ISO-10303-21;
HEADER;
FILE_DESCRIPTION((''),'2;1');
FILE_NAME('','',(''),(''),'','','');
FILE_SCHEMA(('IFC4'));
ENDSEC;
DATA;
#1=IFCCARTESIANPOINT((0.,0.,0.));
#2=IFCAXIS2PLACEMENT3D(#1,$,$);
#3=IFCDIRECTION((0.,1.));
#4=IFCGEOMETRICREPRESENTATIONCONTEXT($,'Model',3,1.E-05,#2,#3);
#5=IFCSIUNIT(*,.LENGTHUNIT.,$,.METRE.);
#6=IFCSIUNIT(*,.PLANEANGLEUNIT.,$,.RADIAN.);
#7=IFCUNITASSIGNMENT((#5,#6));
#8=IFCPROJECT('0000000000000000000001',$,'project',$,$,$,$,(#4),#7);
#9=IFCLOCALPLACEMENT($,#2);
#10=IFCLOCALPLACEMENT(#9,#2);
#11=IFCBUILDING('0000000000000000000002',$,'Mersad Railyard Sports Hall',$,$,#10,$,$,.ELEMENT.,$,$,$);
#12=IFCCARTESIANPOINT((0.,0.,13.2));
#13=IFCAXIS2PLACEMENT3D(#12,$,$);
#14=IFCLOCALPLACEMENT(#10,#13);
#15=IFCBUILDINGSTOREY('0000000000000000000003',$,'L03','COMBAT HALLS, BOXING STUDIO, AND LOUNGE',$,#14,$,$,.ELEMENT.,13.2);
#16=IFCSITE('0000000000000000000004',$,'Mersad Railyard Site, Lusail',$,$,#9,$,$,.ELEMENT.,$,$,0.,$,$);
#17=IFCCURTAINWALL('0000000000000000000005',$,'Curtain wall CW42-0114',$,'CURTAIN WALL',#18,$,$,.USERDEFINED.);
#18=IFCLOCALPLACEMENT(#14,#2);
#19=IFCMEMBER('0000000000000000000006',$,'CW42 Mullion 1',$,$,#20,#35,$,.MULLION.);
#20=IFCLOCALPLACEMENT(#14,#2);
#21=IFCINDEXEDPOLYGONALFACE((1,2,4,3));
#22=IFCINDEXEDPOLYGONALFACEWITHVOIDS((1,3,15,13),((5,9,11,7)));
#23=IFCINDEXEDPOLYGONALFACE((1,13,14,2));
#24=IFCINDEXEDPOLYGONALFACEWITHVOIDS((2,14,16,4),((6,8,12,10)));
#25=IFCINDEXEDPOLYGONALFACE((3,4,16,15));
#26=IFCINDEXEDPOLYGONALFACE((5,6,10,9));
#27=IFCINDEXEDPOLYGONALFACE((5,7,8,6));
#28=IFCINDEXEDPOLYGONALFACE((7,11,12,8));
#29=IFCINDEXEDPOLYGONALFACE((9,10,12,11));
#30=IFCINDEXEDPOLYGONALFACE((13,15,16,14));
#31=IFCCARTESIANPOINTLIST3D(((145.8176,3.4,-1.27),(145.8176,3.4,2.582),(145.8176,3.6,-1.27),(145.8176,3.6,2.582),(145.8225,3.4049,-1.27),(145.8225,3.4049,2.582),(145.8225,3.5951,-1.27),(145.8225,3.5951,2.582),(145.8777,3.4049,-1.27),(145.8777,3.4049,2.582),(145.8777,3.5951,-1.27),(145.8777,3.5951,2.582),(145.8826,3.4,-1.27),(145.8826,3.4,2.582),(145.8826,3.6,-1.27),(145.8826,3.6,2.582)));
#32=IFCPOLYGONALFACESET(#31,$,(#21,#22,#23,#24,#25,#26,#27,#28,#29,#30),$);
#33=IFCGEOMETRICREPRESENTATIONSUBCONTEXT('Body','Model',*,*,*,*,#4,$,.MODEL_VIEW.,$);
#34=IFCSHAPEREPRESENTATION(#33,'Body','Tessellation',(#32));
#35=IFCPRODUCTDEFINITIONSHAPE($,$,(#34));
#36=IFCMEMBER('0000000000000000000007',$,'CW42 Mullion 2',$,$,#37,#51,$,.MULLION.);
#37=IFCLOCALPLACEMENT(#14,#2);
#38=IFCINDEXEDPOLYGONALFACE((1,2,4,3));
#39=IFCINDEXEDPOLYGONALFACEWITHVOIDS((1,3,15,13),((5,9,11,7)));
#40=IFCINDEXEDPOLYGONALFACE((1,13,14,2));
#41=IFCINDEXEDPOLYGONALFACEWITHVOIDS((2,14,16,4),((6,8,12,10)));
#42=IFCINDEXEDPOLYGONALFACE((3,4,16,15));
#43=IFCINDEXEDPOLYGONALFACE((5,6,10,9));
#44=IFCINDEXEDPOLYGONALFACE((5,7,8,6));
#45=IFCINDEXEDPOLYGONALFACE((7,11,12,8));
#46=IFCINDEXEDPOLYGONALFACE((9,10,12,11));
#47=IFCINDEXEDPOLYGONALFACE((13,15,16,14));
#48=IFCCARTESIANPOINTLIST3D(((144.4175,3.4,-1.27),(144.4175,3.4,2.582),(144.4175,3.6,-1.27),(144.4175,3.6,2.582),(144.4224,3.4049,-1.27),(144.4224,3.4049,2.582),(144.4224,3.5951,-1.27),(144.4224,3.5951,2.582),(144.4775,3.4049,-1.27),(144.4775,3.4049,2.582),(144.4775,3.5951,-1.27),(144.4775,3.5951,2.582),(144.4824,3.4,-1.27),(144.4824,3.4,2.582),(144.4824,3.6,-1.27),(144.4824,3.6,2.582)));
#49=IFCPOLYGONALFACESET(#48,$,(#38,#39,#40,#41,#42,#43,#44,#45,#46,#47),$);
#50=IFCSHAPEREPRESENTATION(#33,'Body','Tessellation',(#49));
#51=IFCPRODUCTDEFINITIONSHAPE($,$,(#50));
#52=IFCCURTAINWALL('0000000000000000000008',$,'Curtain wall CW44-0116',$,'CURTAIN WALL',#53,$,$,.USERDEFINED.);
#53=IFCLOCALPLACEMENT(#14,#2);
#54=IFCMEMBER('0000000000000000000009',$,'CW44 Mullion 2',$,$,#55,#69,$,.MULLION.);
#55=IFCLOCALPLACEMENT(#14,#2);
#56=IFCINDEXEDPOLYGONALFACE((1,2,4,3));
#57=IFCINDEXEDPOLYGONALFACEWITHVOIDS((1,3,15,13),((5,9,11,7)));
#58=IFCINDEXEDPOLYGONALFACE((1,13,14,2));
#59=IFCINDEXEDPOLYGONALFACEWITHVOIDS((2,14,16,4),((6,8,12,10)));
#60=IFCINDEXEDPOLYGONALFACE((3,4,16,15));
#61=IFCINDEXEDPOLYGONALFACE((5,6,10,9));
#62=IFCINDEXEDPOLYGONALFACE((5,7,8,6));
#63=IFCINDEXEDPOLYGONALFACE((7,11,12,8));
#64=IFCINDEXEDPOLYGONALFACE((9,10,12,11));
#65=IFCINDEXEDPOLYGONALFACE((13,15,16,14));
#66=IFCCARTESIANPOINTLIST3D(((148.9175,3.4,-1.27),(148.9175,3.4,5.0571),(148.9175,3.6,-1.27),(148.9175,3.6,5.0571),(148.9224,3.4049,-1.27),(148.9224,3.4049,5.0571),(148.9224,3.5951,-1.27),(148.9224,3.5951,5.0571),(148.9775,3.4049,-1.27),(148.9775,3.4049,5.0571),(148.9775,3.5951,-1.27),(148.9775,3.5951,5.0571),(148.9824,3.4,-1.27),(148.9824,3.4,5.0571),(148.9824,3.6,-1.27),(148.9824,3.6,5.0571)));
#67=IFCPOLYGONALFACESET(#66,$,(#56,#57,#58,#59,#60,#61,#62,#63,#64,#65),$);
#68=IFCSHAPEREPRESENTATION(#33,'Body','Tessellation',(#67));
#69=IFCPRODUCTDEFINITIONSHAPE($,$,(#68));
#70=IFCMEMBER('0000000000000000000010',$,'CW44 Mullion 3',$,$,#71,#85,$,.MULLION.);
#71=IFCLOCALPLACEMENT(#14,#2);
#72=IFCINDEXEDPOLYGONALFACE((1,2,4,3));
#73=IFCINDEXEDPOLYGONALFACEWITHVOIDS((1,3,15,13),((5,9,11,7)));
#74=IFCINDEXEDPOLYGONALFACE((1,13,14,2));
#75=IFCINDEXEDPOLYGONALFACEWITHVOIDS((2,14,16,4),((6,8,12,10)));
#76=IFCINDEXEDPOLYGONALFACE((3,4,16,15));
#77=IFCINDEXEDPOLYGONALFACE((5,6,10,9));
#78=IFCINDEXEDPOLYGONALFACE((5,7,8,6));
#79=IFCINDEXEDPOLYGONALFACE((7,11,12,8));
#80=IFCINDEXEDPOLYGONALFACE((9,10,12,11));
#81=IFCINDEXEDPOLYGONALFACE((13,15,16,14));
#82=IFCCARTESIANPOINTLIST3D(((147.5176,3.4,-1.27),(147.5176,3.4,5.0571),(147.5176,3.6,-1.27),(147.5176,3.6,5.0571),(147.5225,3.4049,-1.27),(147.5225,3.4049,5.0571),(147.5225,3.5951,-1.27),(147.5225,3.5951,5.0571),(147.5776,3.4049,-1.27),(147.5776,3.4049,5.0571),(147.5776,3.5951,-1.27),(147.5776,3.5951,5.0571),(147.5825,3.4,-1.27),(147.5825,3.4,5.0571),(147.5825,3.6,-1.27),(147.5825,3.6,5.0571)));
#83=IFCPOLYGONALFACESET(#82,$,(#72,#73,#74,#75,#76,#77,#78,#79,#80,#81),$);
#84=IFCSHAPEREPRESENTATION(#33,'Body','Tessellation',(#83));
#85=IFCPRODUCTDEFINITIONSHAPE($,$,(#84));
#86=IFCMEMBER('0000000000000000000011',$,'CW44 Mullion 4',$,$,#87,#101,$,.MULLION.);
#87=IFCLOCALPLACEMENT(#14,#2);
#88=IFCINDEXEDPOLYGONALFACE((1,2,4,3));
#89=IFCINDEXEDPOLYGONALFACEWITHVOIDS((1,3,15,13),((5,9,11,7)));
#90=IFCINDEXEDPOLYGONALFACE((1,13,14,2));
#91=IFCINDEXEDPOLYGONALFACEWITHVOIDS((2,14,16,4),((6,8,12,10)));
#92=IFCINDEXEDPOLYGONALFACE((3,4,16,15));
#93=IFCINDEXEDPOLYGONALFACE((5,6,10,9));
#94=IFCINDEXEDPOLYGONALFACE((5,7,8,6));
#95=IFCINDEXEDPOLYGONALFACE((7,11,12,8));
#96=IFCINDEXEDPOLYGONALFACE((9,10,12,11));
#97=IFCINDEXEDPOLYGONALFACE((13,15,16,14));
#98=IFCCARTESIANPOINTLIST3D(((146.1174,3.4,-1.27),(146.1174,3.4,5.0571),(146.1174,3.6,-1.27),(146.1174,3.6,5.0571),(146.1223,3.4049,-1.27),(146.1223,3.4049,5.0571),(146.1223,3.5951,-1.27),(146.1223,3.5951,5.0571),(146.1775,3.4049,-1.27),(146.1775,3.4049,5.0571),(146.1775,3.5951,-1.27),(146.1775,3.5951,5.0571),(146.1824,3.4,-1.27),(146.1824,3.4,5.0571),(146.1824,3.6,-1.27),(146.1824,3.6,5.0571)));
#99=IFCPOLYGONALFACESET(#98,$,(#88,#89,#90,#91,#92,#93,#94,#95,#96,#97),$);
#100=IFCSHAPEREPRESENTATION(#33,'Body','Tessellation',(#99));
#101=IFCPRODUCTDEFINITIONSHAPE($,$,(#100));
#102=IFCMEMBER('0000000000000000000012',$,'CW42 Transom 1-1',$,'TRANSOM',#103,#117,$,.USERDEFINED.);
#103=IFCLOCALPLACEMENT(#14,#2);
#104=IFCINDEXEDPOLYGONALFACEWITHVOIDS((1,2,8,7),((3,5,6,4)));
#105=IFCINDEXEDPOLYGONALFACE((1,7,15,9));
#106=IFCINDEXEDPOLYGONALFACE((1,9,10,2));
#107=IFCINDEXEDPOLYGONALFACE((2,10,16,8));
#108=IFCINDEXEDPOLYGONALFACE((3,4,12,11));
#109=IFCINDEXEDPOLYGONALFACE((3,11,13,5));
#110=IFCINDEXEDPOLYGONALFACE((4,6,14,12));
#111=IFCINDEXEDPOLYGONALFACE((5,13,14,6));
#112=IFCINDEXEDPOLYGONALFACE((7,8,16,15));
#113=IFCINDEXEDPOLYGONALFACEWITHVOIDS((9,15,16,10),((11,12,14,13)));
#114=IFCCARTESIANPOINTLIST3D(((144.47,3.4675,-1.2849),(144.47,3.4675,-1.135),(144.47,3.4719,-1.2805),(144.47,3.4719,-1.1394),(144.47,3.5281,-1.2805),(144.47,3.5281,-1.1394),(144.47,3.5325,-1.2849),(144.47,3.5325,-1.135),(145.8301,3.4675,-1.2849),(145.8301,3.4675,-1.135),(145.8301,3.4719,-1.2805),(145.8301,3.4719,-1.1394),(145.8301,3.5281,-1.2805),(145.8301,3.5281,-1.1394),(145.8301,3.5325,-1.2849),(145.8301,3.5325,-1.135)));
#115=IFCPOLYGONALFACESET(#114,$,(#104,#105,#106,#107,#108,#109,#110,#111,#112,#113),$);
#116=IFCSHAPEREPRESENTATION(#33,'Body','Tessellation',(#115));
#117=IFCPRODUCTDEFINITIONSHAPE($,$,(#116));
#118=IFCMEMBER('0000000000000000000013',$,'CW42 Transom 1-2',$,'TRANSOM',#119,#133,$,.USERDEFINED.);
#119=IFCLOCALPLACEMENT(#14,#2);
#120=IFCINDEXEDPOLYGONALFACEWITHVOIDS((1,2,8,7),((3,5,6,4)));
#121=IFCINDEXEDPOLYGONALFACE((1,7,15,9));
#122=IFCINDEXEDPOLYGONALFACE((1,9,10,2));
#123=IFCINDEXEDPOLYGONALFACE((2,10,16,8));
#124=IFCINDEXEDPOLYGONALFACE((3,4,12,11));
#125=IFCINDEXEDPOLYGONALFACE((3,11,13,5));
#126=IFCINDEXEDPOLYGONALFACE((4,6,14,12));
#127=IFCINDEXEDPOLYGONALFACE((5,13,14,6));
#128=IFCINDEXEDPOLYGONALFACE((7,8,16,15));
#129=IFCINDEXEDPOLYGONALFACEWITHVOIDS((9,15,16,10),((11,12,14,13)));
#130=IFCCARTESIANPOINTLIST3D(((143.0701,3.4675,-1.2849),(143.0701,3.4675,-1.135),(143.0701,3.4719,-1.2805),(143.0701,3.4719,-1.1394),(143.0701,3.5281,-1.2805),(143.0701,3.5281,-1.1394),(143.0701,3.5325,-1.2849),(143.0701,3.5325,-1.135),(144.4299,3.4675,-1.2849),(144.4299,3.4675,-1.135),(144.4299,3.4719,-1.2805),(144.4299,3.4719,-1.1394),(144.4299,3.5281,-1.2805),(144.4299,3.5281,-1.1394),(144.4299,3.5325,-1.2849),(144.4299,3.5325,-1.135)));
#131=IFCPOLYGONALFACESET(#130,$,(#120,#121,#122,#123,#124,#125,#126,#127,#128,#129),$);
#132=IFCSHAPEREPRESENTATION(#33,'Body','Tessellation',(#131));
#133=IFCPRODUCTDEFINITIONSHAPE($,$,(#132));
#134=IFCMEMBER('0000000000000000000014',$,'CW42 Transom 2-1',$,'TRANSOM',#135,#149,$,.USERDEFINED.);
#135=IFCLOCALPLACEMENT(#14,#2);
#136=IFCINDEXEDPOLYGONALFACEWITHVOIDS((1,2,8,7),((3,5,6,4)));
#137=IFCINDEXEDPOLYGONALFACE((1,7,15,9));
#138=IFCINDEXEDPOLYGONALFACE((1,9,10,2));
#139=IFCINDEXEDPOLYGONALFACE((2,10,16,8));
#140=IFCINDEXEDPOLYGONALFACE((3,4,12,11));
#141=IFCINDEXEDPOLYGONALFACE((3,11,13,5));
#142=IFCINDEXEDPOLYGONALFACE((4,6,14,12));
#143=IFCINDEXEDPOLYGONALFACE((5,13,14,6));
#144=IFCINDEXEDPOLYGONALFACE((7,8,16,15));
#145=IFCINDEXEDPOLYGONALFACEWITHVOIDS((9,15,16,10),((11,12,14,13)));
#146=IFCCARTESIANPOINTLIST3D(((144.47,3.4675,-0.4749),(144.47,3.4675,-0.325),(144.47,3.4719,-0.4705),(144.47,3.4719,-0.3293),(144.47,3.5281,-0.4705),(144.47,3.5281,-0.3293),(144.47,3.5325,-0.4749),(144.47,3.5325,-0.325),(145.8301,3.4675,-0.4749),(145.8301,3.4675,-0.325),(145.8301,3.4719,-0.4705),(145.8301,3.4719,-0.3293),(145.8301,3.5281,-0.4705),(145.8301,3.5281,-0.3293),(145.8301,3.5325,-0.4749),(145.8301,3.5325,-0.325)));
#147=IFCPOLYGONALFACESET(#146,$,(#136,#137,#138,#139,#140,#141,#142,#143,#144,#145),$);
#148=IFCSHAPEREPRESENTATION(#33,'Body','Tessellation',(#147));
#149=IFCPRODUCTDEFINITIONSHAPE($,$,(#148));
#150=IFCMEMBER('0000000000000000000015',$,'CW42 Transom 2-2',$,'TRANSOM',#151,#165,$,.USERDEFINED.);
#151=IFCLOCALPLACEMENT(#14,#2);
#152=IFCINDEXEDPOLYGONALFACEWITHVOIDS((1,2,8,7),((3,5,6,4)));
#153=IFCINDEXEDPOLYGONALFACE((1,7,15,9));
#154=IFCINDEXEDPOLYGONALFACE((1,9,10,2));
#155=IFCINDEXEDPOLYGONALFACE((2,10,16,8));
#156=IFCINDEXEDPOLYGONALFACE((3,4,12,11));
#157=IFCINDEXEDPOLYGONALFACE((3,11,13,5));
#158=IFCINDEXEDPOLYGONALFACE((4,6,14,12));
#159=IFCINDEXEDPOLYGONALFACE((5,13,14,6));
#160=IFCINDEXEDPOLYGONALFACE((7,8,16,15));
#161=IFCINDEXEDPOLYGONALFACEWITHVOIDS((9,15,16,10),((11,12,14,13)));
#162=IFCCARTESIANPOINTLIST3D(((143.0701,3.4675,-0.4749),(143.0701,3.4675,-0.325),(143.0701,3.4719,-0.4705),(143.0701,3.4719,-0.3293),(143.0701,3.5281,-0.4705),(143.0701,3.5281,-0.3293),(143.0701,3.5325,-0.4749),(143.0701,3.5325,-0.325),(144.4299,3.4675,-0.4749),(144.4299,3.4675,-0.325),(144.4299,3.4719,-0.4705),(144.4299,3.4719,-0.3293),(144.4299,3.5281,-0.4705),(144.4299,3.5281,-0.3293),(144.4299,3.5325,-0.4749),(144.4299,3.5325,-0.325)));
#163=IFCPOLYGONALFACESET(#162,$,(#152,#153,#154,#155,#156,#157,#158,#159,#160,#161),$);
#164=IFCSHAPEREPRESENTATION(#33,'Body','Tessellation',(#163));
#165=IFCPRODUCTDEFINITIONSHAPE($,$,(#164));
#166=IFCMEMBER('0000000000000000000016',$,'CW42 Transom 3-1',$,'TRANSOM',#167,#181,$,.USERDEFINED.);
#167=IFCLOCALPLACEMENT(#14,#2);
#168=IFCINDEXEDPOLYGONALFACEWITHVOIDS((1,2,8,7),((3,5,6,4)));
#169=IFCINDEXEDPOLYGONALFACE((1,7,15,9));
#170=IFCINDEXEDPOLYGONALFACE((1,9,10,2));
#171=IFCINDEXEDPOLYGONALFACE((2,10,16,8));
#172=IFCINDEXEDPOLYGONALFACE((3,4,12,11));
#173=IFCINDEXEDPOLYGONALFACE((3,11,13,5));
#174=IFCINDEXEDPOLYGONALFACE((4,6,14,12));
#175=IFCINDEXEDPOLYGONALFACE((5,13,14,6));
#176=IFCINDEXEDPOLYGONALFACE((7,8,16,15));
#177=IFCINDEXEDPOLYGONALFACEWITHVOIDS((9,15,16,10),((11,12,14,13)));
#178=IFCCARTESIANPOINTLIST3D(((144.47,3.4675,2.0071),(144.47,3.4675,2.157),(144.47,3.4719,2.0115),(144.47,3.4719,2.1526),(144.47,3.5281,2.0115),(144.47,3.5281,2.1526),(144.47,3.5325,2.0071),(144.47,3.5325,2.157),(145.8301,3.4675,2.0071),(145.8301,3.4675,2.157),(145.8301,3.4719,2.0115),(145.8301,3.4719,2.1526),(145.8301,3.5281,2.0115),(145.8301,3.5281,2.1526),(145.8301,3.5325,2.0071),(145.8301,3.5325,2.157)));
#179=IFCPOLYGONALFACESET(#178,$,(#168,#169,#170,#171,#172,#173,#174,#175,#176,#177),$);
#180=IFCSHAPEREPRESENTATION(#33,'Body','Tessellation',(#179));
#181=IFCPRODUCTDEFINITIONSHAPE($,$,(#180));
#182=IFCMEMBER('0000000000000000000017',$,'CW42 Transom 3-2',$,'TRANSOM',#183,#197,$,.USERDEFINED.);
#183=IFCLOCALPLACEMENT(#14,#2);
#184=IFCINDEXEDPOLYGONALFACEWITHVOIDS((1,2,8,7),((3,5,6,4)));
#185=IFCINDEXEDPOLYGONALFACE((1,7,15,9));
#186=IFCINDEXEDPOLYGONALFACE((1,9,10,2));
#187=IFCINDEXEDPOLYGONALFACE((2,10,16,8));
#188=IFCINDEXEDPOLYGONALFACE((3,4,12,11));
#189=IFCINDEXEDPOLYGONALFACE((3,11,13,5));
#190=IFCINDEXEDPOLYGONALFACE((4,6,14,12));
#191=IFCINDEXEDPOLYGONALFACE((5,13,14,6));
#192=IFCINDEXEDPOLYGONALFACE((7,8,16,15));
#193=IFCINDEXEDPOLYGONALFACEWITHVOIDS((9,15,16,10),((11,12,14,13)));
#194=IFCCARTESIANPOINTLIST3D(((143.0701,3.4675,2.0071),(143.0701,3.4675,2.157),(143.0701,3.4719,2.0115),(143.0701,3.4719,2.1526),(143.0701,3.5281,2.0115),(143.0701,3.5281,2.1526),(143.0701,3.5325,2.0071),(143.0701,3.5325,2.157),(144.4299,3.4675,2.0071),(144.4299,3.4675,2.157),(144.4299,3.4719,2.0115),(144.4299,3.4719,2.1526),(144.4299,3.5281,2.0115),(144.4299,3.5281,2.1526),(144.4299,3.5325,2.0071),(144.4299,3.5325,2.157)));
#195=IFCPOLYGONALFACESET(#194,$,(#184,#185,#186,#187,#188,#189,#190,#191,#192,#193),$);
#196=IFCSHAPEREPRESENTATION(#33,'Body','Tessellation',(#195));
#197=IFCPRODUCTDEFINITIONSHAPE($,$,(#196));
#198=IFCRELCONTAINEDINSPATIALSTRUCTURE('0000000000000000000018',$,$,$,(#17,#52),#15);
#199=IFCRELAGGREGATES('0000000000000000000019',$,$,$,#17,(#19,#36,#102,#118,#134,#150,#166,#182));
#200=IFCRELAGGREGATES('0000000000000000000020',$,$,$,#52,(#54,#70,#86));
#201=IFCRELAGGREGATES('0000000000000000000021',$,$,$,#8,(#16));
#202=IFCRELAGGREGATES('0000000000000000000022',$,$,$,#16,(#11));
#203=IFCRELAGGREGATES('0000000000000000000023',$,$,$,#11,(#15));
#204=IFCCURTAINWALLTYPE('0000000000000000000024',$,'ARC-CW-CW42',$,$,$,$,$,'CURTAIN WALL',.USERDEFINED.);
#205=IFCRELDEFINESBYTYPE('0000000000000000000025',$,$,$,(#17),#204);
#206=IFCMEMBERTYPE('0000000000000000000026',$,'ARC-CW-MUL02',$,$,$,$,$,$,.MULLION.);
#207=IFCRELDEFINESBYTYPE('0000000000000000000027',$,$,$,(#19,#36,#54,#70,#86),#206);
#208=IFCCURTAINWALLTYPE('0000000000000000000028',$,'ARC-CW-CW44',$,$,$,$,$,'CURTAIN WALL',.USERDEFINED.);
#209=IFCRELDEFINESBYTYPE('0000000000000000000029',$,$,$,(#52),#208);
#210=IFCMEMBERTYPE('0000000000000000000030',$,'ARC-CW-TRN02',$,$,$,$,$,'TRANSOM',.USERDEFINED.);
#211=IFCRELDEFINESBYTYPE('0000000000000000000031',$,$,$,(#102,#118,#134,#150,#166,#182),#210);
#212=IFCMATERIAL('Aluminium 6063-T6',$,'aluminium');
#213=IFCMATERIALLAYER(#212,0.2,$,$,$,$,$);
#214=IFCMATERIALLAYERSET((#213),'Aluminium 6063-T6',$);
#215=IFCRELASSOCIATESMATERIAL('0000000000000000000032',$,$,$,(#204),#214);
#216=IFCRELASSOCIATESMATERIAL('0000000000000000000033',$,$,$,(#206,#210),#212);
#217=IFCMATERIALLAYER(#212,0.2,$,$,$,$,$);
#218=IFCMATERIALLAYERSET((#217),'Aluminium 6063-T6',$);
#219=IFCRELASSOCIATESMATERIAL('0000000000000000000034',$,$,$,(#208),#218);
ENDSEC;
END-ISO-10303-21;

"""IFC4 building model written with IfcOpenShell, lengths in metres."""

from ifc_helpers import new_model, si_unit, direction, frame, origin, origin_2d, place, context, subcontext, project, spatial, hollow_rectangle, extrude, material, layer, layer_set, material_profile, profile_set, type_object, element, aggregate, save


model = new_model("IFC4")

# Units and contexts
model_context = context("Model", 3, precision=1e-05, world=origin(), true_north=direction((0.0, 1.0)))
body_context = subcontext(model_context, "Body", "Model", "MODEL_VIEW")
ifc_project = project(units=[si_unit("LENGTHUNIT", "METRE"), si_unit("PLANEANGLEUNIT", "RADIAN")], contexts=[model_context])

# Site, building, storey
site_placement = place(None, origin())
site = spatial("IfcSite", under=ifc_project, at=site_placement, Name="Mersad Railyard Site, Lusail", CompositionType="ELEMENT", RefElevation=0.0)
building_placement = place(site_placement, origin())
building = spatial("IfcBuilding", under=site, at=building_placement, Name="Mersad Railyard Sports Hall", CompositionType="ELEMENT")
storey_placement = place(building_placement, frame((0.0, 0.0, 13.2)))
storey = spatial("IfcBuildingStorey", under=building, at=storey_placement, Name="L03", Description="COMBAT HALLS, BOXING STUDIO, AND LOUNGE", CompositionType="ELEMENT", Elevation=13.2)

# Curtain walls, members
ifc_material_1 = material(Name="Aluminium 6063-T6", Category="aluminium")
ifc_layer_1 = layer(ifc_material_1, 0.2)
ifc_layer_set_1 = layer_set([ifc_layer_1], Name="Aluminium 6063-T6")
curtain_wall_type_1 = type_object("IfcCurtainWallType", Name="ARC-CW-CW42", ElementType="CURTAIN WALL", PredefinedType="USERDEFINED", material=ifc_layer_set_1)
curtain_wall_1_placement = place(storey_placement, origin())
curtain_wall_1 = element("IfcCurtainWall", 1, at=curtain_wall_1_placement, inside=storey, type_object=curtain_wall_type_1, Name="Curtain wall CW42-0114", ObjectType="CURTAIN WALL", PredefinedType="USERDEFINED")
ifc_material_profile_1 = material_profile(ifc_material_1, hollow_rectangle(XDim=0.0649, YDim=0.2, WallThickness=0.0049, at=origin_2d()), Name="AL MULLION 65x200x5")
ifc_profile_set_1 = profile_set([ifc_material_profile_1], Name="Aluminium 6063-T6")
member_type_1 = type_object("IfcMemberType", Name="ARC-CW-MUL02", PredefinedType="MULLION", material=ifc_profile_set_1)
member_1_placement = place(storey_placement, frame((145.8501, 3.5, -1.27), z_axis=(0.0, 0.0, 1.0), x_axis=(1.0, 0.0, 0.0)))
member_1 = element("IfcMember", 2, at=member_1_placement, type_object=member_type_1, Name="CW42 Mullion 1", PredefinedType="MULLION", context=body_context, shape_type="SweptSolid", body=[
    extrude(hollow_rectangle(XDim=0.0649, YDim=0.2, WallThickness=0.0049, at=origin_2d()), origin(), (0.0, 0.0, 1.0), 3.8521),
])
member_2_placement = place(storey_placement, frame((144.45, 3.5, -1.27), z_axis=(0.0, 0.0, 1.0), x_axis=(1.0, 0.0, 0.0)))
member_2 = element("IfcMember", 3, at=member_2_placement, type_object=member_type_1, Name="CW42 Mullion 2", PredefinedType="MULLION", context=body_context, shape_type="SweptSolid", body=[
    extrude(hollow_rectangle(XDim=0.0649, YDim=0.2, WallThickness=0.0049, at=origin_2d()), origin(), (0.0, 0.0, 1.0), 3.8521),
])
ifc_layer_2 = layer(ifc_material_1, 0.2)
ifc_layer_set_2 = layer_set([ifc_layer_2], Name="Aluminium 6063-T6")
curtain_wall_type_2 = type_object("IfcCurtainWallType", Name="ARC-CW-CW44", ElementType="CURTAIN WALL", PredefinedType="USERDEFINED", material=ifc_layer_set_2)
curtain_wall_2_placement = place(storey_placement, origin())
curtain_wall_2 = element("IfcCurtainWall", 4, at=curtain_wall_2_placement, inside=storey, type_object=curtain_wall_type_2, Name="Curtain wall CW44-0116", ObjectType="CURTAIN WALL", PredefinedType="USERDEFINED")
member_3_placement = place(storey_placement, frame((148.95, 3.5, -1.27), z_axis=(0.0, 0.0, 1.0), x_axis=(1.0, 0.0, 0.0)))
member_3 = element("IfcMember", 5, at=member_3_placement, type_object=member_type_1, Name="CW44 Mullion 2", PredefinedType="MULLION", context=body_context, shape_type="SweptSolid", body=[
    extrude(hollow_rectangle(XDim=0.0649, YDim=0.2, WallThickness=0.0049, at=origin_2d()), origin(), (0.0, 0.0, 1.0), 6.3271),
])
member_4_placement = place(storey_placement, frame((147.55, 3.5, -1.27), z_axis=(0.0, 0.0, 1.0), x_axis=(1.0, 0.0, 0.0)))
member_4 = element("IfcMember", 6, at=member_4_placement, type_object=member_type_1, Name="CW44 Mullion 3", PredefinedType="MULLION", context=body_context, shape_type="SweptSolid", body=[
    extrude(hollow_rectangle(XDim=0.0649, YDim=0.2, WallThickness=0.0049, at=origin_2d()), origin(), (0.0, 0.0, 1.0), 6.3271),
])
member_5_placement = place(storey_placement, frame((146.1499, 3.5, -1.27), z_axis=(0.0, 0.0, 1.0), x_axis=(1.0, 0.0, 0.0)))
member_5 = element("IfcMember", 7, at=member_5_placement, type_object=member_type_1, Name="CW44 Mullion 4", PredefinedType="MULLION", context=body_context, shape_type="SweptSolid", body=[
    extrude(hollow_rectangle(XDim=0.0649, YDim=0.2, WallThickness=0.0049, at=origin_2d()), origin(), (0.0, 0.0, 1.0), 6.3271),
])

# Members
ifc_material_profile_2 = material_profile(ifc_material_1, hollow_rectangle(XDim=0.0649, YDim=0.1499, WallThickness=0.0044, at=origin_2d()), Name="AL TRANSOM 65x150x4.5")
ifc_profile_set_2 = profile_set([ifc_material_profile_2], Name="Aluminium 6063-T6")
member_type_2 = type_object("IfcMemberType", Name="ARC-CW-TRN02", ElementType="TRANSOM", PredefinedType="USERDEFINED", material=ifc_profile_set_2)
member_6_placement = place(storey_placement, frame((145.8301, 3.5, -1.21), z_axis=(-1.0, 0.0, 0.0), x_axis=(0.0, -1.0, 0.0)))
member_6 = element("IfcMember", 8, at=member_6_placement, type_object=member_type_2, Name="CW42 Transom 1-1", ObjectType="TRANSOM", PredefinedType="USERDEFINED", context=body_context, shape_type="SweptSolid", body=[
    extrude(hollow_rectangle(XDim=0.0649, YDim=0.1499, WallThickness=0.0044, at=origin_2d()), origin(), (0.0, 0.0, 1.0), 1.3601),
])
member_7_placement = place(storey_placement, frame((144.4299, 3.5, -1.21), z_axis=(-1.0, 0.0, 0.0), x_axis=(0.0, -1.0, 0.0)))
member_7 = element("IfcMember", 9, at=member_7_placement, type_object=member_type_2, Name="CW42 Transom 1-2", ObjectType="TRANSOM", PredefinedType="USERDEFINED", context=body_context, shape_type="SweptSolid", body=[
    extrude(hollow_rectangle(XDim=0.0649, YDim=0.1499, WallThickness=0.0044, at=origin_2d()), origin(), (0.0, 0.0, 1.0), 1.3599),
])
member_8_placement = place(storey_placement, frame((145.8301, 3.5, -0.3999), z_axis=(-1.0, 0.0, 0.0), x_axis=(0.0, -1.0, 0.0)))
member_8 = element("IfcMember", 10, at=member_8_placement, type_object=member_type_2, Name="CW42 Transom 2-1", ObjectType="TRANSOM", PredefinedType="USERDEFINED", context=body_context, shape_type="SweptSolid", body=[
    extrude(hollow_rectangle(XDim=0.0649, YDim=0.1499, WallThickness=0.0044, at=origin_2d()), origin(), (0.0, 0.0, 1.0), 1.3601),
])
member_9_placement = place(storey_placement, frame((144.4299, 3.5, -0.3999), z_axis=(-1.0, 0.0, 0.0), x_axis=(0.0, -1.0, 0.0)))
member_9 = element("IfcMember", 11, at=member_9_placement, type_object=member_type_2, Name="CW42 Transom 2-2", ObjectType="TRANSOM", PredefinedType="USERDEFINED", context=body_context, shape_type="SweptSolid", body=[
    extrude(hollow_rectangle(XDim=0.0649, YDim=0.1499, WallThickness=0.0044, at=origin_2d()), origin(), (0.0, 0.0, 1.0), 1.3599),
])
member_10_placement = place(storey_placement, frame((145.8301, 3.5, 2.082), z_axis=(-1.0, 0.0, 0.0), x_axis=(0.0, -1.0, 0.0)))
member_10 = element("IfcMember", 12, at=member_10_placement, type_object=member_type_2, Name="CW42 Transom 3-1", ObjectType="TRANSOM", PredefinedType="USERDEFINED", context=body_context, shape_type="SweptSolid", body=[
    extrude(hollow_rectangle(XDim=0.0649, YDim=0.1499, WallThickness=0.0044, at=origin_2d()), origin(), (0.0, 0.0, 1.0), 1.3601),
])
member_11_placement = place(storey_placement, frame((144.4299, 3.5, 2.082), z_axis=(-1.0, 0.0, 0.0), x_axis=(0.0, -1.0, 0.0)))
member_11 = element("IfcMember", 13, at=member_11_placement, type_object=member_type_2, Name="CW42 Transom 3-2", ObjectType="TRANSOM", PredefinedType="USERDEFINED", context=body_context, shape_type="SweptSolid", body=[
    extrude(hollow_rectangle(XDim=0.0649, YDim=0.1499, WallThickness=0.0044, at=origin_2d()), origin(), (0.0, 0.0, 1.0), 1.3599),
])

aggregate(curtain_wall_1, [member_1, member_2, member_6, member_7, member_8, member_9, member_10, member_11])
aggregate(curtain_wall_2, [member_3, member_4, member_5])

save(model, "model.ifc")
